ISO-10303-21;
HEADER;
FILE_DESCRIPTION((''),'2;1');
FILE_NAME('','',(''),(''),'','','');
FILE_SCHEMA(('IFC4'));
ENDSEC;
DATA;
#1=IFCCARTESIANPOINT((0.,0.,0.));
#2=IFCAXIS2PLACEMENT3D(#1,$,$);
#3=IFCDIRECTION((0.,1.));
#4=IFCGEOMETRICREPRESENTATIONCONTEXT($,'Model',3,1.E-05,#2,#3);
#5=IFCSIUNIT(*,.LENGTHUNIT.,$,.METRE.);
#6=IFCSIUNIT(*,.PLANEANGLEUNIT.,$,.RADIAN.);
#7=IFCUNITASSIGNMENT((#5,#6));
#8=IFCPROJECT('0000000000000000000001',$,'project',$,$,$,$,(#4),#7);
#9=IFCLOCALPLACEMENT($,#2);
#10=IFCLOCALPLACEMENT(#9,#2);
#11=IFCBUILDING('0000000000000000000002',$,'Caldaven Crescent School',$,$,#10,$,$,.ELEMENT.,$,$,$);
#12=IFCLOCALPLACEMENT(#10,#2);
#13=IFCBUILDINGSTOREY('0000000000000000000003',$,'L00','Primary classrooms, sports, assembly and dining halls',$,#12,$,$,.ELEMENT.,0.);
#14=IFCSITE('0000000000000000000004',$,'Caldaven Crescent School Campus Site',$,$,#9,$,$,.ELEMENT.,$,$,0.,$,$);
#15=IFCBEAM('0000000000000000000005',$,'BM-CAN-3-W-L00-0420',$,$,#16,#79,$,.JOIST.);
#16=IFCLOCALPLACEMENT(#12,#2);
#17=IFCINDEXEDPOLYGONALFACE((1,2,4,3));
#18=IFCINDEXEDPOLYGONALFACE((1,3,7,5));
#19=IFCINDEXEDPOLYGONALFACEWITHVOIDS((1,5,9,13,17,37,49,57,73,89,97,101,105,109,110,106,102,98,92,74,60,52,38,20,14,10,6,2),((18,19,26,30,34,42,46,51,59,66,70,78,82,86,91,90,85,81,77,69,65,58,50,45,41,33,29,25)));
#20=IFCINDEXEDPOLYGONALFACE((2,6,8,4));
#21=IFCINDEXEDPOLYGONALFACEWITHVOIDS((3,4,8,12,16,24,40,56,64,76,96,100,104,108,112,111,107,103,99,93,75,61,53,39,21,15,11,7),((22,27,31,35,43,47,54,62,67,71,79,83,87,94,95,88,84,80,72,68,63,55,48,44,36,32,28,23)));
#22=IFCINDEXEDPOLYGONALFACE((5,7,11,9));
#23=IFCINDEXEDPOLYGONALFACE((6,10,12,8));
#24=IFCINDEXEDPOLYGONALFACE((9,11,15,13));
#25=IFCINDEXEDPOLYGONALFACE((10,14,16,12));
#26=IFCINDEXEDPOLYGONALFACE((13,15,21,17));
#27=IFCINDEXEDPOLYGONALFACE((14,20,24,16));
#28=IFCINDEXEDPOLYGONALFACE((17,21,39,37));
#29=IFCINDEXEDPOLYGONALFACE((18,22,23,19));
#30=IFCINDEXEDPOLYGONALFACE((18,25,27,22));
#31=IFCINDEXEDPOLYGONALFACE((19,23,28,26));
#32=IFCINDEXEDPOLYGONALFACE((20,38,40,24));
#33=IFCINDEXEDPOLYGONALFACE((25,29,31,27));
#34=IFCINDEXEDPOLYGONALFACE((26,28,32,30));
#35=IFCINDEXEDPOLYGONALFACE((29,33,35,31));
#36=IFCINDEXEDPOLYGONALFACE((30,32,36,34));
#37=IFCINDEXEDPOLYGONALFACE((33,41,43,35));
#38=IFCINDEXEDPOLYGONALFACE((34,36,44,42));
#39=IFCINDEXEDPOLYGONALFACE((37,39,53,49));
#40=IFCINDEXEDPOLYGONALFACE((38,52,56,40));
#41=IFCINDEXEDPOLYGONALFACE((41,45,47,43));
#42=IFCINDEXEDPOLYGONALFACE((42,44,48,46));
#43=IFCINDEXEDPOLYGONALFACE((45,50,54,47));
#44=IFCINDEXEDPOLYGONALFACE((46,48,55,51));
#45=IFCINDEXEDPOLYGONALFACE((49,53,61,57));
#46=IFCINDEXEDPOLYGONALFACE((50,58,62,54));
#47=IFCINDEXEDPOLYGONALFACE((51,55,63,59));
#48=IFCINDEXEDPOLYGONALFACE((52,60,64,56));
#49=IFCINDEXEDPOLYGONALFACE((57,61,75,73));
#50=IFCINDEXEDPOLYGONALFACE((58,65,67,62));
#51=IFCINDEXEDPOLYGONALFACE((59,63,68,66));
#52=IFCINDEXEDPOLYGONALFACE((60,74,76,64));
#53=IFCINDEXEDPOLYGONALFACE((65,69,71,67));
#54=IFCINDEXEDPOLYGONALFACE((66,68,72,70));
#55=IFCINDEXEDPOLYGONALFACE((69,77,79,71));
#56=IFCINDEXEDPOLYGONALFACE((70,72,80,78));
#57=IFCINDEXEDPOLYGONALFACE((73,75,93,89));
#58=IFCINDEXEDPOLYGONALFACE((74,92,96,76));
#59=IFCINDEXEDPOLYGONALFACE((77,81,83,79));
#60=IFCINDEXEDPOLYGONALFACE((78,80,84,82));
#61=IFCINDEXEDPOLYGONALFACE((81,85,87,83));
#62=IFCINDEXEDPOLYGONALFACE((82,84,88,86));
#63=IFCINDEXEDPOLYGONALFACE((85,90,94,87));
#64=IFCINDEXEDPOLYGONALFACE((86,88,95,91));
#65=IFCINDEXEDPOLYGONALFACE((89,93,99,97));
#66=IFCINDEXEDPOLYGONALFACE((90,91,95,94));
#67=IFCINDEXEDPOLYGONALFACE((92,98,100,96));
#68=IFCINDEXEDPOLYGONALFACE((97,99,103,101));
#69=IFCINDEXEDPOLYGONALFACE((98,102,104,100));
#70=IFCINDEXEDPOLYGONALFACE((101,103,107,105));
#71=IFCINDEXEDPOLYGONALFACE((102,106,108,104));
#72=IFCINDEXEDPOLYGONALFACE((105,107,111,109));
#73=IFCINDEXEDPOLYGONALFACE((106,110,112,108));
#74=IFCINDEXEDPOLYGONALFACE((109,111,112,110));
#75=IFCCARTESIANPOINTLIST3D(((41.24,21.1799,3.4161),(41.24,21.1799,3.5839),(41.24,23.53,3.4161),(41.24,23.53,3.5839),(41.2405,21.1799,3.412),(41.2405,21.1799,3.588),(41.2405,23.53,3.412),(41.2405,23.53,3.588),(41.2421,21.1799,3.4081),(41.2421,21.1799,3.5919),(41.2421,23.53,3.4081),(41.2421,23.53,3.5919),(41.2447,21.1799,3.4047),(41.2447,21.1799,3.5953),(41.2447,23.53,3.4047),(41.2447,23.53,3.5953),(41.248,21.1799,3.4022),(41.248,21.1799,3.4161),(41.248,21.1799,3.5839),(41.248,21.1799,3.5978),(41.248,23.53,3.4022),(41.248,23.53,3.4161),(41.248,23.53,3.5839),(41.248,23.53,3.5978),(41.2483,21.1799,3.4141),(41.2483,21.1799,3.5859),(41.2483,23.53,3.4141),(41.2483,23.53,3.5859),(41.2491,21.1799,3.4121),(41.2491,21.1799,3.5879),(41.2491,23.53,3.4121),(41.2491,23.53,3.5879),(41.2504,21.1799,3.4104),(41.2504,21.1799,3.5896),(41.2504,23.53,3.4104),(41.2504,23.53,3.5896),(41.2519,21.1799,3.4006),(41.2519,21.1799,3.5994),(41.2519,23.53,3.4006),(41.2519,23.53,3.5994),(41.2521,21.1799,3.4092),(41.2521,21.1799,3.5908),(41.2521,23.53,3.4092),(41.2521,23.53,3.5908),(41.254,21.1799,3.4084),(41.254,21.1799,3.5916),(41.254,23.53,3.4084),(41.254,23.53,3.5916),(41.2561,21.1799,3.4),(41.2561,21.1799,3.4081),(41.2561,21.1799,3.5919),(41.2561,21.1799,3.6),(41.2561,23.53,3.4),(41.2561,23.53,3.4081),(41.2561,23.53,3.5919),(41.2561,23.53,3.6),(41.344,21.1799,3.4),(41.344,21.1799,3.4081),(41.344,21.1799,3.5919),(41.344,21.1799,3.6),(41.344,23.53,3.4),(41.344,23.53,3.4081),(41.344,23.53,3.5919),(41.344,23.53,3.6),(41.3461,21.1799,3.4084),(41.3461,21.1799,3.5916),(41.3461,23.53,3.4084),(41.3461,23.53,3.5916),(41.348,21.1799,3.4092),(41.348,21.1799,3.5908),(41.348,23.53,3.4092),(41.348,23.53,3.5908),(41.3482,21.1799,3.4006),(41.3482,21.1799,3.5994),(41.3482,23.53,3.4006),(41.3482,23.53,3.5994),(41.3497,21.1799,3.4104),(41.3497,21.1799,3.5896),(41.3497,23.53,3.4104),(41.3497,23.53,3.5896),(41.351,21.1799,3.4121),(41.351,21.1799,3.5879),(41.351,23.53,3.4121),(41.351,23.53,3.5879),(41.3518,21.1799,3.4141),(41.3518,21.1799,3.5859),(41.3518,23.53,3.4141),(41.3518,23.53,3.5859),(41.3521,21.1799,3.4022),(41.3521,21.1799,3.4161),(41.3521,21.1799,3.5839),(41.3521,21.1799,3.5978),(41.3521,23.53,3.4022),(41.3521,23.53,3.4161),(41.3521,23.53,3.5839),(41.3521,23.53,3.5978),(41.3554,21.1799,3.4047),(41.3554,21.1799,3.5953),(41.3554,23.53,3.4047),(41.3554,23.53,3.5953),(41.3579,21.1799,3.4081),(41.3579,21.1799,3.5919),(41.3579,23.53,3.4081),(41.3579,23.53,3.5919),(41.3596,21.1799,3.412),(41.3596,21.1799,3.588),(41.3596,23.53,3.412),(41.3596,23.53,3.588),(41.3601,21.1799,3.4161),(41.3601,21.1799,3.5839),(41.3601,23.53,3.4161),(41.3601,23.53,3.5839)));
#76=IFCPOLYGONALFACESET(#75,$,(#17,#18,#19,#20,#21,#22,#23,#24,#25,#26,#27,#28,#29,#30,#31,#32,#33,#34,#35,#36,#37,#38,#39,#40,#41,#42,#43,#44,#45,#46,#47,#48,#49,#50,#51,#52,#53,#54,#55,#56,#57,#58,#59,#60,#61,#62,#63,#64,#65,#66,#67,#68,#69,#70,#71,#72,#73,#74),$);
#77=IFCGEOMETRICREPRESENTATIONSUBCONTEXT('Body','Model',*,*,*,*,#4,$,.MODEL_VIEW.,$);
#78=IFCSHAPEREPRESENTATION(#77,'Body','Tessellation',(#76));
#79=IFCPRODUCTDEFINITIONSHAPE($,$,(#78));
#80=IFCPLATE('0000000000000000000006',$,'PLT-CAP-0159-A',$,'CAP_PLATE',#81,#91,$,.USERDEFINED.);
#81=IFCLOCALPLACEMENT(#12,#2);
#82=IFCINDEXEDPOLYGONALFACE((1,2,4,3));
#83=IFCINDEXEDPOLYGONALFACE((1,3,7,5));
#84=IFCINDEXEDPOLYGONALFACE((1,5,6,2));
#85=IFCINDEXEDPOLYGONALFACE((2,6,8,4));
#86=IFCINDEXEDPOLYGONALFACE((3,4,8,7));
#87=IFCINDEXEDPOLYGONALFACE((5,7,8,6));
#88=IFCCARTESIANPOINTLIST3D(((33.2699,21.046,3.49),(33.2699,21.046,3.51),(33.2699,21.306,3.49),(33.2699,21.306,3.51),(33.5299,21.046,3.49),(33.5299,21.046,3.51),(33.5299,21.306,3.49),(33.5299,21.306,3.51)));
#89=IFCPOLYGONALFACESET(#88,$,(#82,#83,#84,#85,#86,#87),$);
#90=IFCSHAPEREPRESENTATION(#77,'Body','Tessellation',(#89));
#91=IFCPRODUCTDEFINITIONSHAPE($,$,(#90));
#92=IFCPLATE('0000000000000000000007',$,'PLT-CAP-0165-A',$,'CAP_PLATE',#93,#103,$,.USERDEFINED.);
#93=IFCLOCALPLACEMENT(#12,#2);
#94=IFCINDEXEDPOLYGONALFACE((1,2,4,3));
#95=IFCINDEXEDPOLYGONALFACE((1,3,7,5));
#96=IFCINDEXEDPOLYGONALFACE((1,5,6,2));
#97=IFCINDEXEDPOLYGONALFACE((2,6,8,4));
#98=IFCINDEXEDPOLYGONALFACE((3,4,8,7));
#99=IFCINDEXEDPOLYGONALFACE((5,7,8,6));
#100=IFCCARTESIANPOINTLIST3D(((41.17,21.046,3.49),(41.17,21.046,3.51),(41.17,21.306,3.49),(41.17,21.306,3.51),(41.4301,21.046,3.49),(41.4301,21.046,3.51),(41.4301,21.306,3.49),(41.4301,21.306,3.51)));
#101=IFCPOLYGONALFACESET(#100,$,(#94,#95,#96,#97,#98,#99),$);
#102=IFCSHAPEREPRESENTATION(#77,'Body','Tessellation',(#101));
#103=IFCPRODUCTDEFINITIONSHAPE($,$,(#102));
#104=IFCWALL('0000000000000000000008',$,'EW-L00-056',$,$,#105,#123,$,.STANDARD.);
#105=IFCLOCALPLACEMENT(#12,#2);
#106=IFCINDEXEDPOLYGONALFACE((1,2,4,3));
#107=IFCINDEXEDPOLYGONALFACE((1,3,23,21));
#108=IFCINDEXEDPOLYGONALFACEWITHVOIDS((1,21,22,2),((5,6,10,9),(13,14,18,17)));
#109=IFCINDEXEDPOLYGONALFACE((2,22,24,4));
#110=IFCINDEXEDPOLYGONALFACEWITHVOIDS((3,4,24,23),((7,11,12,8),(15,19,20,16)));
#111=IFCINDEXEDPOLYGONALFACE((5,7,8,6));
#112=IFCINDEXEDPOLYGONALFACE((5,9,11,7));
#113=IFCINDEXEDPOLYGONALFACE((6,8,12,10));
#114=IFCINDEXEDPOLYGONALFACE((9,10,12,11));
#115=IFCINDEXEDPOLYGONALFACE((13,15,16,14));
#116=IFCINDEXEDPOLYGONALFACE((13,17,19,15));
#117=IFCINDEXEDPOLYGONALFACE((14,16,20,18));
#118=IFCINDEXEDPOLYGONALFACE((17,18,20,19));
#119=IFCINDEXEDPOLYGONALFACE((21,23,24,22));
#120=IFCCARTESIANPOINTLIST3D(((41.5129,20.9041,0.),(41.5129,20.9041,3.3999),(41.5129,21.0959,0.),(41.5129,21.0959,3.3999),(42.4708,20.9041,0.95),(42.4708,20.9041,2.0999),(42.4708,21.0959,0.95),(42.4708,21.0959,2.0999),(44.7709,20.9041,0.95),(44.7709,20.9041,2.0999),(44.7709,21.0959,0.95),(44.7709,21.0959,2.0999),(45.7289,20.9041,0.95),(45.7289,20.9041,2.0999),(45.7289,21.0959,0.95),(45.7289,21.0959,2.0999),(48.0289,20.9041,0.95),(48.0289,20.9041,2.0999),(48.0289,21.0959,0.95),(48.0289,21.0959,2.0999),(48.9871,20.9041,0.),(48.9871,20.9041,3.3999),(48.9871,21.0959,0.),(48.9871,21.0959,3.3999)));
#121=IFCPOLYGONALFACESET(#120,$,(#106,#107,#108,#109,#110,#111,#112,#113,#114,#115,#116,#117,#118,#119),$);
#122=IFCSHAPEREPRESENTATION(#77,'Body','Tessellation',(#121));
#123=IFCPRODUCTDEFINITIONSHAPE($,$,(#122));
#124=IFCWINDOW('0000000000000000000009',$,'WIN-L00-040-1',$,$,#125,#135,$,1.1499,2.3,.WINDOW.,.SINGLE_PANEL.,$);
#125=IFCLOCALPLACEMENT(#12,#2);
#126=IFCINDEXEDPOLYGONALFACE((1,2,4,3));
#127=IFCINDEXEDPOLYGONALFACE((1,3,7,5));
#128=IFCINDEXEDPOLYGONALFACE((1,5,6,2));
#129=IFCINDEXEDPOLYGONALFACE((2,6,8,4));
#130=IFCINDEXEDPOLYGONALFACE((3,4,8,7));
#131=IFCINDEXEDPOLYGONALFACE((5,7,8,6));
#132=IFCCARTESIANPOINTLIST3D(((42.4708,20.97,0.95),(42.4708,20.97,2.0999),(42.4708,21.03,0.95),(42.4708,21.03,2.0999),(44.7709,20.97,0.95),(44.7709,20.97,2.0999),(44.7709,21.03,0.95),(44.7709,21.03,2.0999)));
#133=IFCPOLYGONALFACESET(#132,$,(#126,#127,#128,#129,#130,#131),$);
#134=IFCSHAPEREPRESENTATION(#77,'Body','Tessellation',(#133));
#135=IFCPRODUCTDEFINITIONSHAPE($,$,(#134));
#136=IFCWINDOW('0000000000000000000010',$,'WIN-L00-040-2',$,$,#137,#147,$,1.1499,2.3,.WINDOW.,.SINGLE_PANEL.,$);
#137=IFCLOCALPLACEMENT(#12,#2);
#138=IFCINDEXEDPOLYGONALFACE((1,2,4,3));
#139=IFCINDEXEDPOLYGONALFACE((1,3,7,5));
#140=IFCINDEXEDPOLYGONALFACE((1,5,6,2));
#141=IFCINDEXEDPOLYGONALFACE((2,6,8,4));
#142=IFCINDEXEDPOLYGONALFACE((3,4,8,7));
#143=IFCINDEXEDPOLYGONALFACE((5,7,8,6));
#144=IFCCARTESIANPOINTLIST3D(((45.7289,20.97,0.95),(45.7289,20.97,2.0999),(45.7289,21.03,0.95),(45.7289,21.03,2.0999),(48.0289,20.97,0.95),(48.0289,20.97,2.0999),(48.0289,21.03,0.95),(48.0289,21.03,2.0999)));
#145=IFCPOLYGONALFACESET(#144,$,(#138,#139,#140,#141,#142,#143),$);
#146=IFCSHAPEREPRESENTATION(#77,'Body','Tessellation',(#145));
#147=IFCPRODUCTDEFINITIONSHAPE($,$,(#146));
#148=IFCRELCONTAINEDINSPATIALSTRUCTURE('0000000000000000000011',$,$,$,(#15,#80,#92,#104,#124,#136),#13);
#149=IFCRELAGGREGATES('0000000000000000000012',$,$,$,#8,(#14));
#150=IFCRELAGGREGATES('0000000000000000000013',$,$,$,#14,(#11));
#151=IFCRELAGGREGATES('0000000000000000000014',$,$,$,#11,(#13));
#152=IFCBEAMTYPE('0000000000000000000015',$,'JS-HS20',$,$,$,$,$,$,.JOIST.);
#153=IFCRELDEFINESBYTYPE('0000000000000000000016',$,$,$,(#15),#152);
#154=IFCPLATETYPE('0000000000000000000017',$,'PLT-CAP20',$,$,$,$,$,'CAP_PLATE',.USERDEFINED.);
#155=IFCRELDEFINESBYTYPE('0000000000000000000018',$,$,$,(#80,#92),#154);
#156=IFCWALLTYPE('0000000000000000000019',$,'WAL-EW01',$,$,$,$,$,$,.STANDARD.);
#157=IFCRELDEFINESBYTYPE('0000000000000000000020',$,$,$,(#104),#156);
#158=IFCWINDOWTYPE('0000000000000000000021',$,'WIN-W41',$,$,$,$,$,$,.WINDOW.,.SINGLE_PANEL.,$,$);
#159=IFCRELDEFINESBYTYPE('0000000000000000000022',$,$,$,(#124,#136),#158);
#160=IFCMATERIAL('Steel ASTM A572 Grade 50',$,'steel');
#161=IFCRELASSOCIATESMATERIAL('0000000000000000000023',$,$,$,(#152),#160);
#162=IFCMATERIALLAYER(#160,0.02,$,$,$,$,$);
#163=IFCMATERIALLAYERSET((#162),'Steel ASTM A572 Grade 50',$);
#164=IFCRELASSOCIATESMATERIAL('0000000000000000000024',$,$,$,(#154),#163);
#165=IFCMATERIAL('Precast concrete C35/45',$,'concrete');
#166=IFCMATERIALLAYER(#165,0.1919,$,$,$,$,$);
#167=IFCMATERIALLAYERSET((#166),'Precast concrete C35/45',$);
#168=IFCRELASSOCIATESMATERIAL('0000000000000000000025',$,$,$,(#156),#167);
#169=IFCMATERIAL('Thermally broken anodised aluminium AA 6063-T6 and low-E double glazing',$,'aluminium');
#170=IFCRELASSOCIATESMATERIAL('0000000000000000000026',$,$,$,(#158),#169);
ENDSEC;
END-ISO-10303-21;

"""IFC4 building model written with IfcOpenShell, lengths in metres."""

from ifc_helpers import new_model, si_unit, direction, frame, frame_2d, origin, origin_2d, place, context, subcontext, project, spatial, rectangle, hollow_rectangle, extrude, material, layer, layer_set, material_profile, profile_set, type_object, element, fill, save


model = new_model("IFC4")

# Units and contexts
model_context = context("Model", 3, precision=1e-05, world=origin(), true_north=direction((0.0, 1.0)))
body_context = subcontext(model_context, "Body", "Model", "MODEL_VIEW")
ifc_project = project(units=[si_unit("LENGTHUNIT", "METRE"), si_unit("PLANEANGLEUNIT", "RADIAN")], contexts=[model_context])

# Site, building, storey
site_placement = place(None, origin())
site = spatial("IfcSite", under=ifc_project, at=site_placement, Name="Caldaven Crescent School Campus Site", CompositionType="ELEMENT", RefElevation=0.0)
building_placement = place(site_placement, origin())
building = spatial("IfcBuilding", under=site, at=building_placement, Name="Caldaven Crescent School", CompositionType="ELEMENT")
storey_placement = place(building_placement, origin())
storey = spatial("IfcBuildingStorey", under=building, at=storey_placement, Name="L00", Description="Primary classrooms, sports, assembly and dining halls", CompositionType="ELEMENT", Elevation=0.0)

# Beam
ifc_material_1 = material(Name="Steel ASTM A572 Grade 50", Category="steel")
ifc_material_profile_1 = material_profile(ifc_material_1, hollow_rectangle(XDim=0.1201, YDim=0.2, WallThickness=0.0081, InnerFilletRadius=0.0081, OuterFilletRadius=0.0161, at=origin_2d()), Name="HSS 120x200x8")
ifc_profile_set_1 = profile_set([ifc_material_profile_1], Name="Steel ASTM A572 Grade 50")
beam_type_1 = type_object("IfcBeamType", Name="JS-HS20", PredefinedType="JOIST", material=ifc_profile_set_1)
for number, where, z_axis, x_axis, name in (
    (1, (41.3, 21.1799, 3.5), (0.0, 1.0, 0.0), (-1.0, 0.0, 0.0), "BM-CAN-3-W-L00-0420"),
):
    element("IfcBeam", number, at=place(storey_placement, frame(where, z_axis=z_axis, x_axis=x_axis)), inside=storey, type_object=beam_type_1, Name=name, PredefinedType="JOIST", context=body_context, shape_type="SweptSolid", body=[
        extrude(hollow_rectangle(XDim=0.1201, YDim=0.2, WallThickness=0.0081, InnerFilletRadius=0.0081, OuterFilletRadius=0.0161, at=origin_2d()), origin(), (0.0, 0.0, 1.0), 2.3501),
    ])

# Plates
ifc_layer_1 = layer(ifc_material_1, 0.02)
ifc_layer_set_1 = layer_set([ifc_layer_1], Name="Steel ASTM A572 Grade 50")
plate_type = type_object("IfcPlateType", Name="PLT-CAP20", ElementType="CAP_PLATE", PredefinedType="USERDEFINED", material=ifc_layer_set_1)
for number, where, z_axis, x_axis, name in (
    (2, (33.3999, 21.176, 3.49), (0.0, 0.0, 1.0), (0.0, 1.0, 0.0), "PLT-CAP-0159-A"),
    (3, (41.3, 21.176, 3.49), (0.0, 0.0, 1.0), (0.0, 1.0, 0.0), "PLT-CAP-0165-A"),
):
    element("IfcPlate", number, at=place(storey_placement, frame(where, z_axis=z_axis, x_axis=x_axis)), inside=storey, type_object=plate_type, Name=name, ObjectType="CAP_PLATE", PredefinedType="USERDEFINED", context=body_context, shape_type="SweptSolid", body=[
        extrude(rectangle(XDim=0.26, YDim=0.26, at=origin_2d()), origin(), (0.0, 0.0, 1.0), 0.02),
    ])

# Wall, openings, windows
ifc_material_2 = material(Name="Precast concrete C35/45", Category="concrete")
ifc_layer_2 = layer(ifc_material_2, 0.1919)
ifc_layer_set_2 = layer_set([ifc_layer_2], Name="Precast concrete C35/45")
wall_type_1 = type_object("IfcWallType", Name="WAL-EW01", PredefinedType="STANDARD", material=ifc_layer_set_2)
wall_1_placement = place(storey_placement, frame((41.5129, 21.0, 0.0), z_axis=(0.0, 0.0, 1.0), x_axis=(1.0, 0.0, 0.0)))
wall_1 = element("IfcWall", 4, at=wall_1_placement, inside=storey, type_object=wall_type_1, Name="EW-L00-056", PredefinedType="STANDARD", context=body_context, shape_type="SweptSolid", body=[
    extrude(rectangle(XDim=7.4741, YDim=0.1919, at=frame_2d((3.7371, 0.0))), origin(), (0.0, 0.0, 1.0), 3.3999),
])
opening_1_placement = place(wall_1_placement, frame((0.958, 0.0, 0.95)))
opening_1 = element("IfcOpeningElement", 5, at=opening_1_placement, cuts=wall_1, PredefinedType="OPENING", context=body_context, shape_type="SweptSolid", body=[
    extrude(rectangle(XDim=2.3, YDim=1.1499, at=frame_2d((1.1499, 0.575))), frame((0.0, 0.106, 0.0), z_axis=(0.0, -1.0, 0.0), x_axis=(1.0, 0.0, 0.0)), (0.0, 0.0, 1.0), 0.2119),
])
opening_2_placement = place(wall_1_placement, frame((4.2161, 0.0, 0.95)))
opening_2 = element("IfcOpeningElement", 6, at=opening_2_placement, cuts=wall_1, PredefinedType="OPENING", context=body_context, shape_type="SweptSolid", body=[
    extrude(rectangle(XDim=2.3, YDim=1.1499, at=frame_2d((1.1499, 0.575))), frame((0.0, 0.106, 0.0), z_axis=(0.0, -1.0, 0.0), x_axis=(1.0, 0.0, 0.0)), (0.0, 0.0, 1.0), 0.2119),
])
ifc_material_3 = material(Name="Thermally broken anodised aluminium AA 6063-T6 and low-E double glazing", Category="aluminium")
window_type_1 = type_object("IfcWindowType", Name="WIN-W41", PartitioningType="SINGLE_PANEL", PredefinedType="WINDOW", material=ifc_material_3)
window_1_placement = place(opening_1_placement, origin())
window_1 = element("IfcWindow", 7, at=window_1_placement, inside=storey, type_object=window_type_1, Name="WIN-L00-040-1", OverallHeight=1.1499, OverallWidth=2.3, PartitioningType="SINGLE_PANEL", PredefinedType="WINDOW", context=body_context, shape_type="SweptSolid", body=[
    extrude(rectangle(XDim=2.3, YDim=1.1499, at=frame_2d((1.1499, 0.575))), frame((0.0, 0.03, 0.0), z_axis=(0.0, -1.0, 0.0), x_axis=(1.0, 0.0, 0.0)), (0.0, 0.0, 1.0), 0.0601),
])
fill(opening_1, window_1)
window_2_placement = place(opening_2_placement, origin())
window_2 = element("IfcWindow", 8, at=window_2_placement, inside=storey, type_object=window_type_1, Name="WIN-L00-040-2", OverallHeight=1.1499, OverallWidth=2.3, PartitioningType="SINGLE_PANEL", PredefinedType="WINDOW", context=body_context, shape_type="SweptSolid", body=[
    extrude(rectangle(XDim=2.3, YDim=1.1499, at=frame_2d((1.1499, 0.575))), frame((0.0, 0.03, 0.0), z_axis=(0.0, -1.0, 0.0), x_axis=(1.0, 0.0, 0.0)), (0.0, 0.0, 1.0), 0.0601),
])
fill(opening_2, window_2)

save(model, "model.ifc")
